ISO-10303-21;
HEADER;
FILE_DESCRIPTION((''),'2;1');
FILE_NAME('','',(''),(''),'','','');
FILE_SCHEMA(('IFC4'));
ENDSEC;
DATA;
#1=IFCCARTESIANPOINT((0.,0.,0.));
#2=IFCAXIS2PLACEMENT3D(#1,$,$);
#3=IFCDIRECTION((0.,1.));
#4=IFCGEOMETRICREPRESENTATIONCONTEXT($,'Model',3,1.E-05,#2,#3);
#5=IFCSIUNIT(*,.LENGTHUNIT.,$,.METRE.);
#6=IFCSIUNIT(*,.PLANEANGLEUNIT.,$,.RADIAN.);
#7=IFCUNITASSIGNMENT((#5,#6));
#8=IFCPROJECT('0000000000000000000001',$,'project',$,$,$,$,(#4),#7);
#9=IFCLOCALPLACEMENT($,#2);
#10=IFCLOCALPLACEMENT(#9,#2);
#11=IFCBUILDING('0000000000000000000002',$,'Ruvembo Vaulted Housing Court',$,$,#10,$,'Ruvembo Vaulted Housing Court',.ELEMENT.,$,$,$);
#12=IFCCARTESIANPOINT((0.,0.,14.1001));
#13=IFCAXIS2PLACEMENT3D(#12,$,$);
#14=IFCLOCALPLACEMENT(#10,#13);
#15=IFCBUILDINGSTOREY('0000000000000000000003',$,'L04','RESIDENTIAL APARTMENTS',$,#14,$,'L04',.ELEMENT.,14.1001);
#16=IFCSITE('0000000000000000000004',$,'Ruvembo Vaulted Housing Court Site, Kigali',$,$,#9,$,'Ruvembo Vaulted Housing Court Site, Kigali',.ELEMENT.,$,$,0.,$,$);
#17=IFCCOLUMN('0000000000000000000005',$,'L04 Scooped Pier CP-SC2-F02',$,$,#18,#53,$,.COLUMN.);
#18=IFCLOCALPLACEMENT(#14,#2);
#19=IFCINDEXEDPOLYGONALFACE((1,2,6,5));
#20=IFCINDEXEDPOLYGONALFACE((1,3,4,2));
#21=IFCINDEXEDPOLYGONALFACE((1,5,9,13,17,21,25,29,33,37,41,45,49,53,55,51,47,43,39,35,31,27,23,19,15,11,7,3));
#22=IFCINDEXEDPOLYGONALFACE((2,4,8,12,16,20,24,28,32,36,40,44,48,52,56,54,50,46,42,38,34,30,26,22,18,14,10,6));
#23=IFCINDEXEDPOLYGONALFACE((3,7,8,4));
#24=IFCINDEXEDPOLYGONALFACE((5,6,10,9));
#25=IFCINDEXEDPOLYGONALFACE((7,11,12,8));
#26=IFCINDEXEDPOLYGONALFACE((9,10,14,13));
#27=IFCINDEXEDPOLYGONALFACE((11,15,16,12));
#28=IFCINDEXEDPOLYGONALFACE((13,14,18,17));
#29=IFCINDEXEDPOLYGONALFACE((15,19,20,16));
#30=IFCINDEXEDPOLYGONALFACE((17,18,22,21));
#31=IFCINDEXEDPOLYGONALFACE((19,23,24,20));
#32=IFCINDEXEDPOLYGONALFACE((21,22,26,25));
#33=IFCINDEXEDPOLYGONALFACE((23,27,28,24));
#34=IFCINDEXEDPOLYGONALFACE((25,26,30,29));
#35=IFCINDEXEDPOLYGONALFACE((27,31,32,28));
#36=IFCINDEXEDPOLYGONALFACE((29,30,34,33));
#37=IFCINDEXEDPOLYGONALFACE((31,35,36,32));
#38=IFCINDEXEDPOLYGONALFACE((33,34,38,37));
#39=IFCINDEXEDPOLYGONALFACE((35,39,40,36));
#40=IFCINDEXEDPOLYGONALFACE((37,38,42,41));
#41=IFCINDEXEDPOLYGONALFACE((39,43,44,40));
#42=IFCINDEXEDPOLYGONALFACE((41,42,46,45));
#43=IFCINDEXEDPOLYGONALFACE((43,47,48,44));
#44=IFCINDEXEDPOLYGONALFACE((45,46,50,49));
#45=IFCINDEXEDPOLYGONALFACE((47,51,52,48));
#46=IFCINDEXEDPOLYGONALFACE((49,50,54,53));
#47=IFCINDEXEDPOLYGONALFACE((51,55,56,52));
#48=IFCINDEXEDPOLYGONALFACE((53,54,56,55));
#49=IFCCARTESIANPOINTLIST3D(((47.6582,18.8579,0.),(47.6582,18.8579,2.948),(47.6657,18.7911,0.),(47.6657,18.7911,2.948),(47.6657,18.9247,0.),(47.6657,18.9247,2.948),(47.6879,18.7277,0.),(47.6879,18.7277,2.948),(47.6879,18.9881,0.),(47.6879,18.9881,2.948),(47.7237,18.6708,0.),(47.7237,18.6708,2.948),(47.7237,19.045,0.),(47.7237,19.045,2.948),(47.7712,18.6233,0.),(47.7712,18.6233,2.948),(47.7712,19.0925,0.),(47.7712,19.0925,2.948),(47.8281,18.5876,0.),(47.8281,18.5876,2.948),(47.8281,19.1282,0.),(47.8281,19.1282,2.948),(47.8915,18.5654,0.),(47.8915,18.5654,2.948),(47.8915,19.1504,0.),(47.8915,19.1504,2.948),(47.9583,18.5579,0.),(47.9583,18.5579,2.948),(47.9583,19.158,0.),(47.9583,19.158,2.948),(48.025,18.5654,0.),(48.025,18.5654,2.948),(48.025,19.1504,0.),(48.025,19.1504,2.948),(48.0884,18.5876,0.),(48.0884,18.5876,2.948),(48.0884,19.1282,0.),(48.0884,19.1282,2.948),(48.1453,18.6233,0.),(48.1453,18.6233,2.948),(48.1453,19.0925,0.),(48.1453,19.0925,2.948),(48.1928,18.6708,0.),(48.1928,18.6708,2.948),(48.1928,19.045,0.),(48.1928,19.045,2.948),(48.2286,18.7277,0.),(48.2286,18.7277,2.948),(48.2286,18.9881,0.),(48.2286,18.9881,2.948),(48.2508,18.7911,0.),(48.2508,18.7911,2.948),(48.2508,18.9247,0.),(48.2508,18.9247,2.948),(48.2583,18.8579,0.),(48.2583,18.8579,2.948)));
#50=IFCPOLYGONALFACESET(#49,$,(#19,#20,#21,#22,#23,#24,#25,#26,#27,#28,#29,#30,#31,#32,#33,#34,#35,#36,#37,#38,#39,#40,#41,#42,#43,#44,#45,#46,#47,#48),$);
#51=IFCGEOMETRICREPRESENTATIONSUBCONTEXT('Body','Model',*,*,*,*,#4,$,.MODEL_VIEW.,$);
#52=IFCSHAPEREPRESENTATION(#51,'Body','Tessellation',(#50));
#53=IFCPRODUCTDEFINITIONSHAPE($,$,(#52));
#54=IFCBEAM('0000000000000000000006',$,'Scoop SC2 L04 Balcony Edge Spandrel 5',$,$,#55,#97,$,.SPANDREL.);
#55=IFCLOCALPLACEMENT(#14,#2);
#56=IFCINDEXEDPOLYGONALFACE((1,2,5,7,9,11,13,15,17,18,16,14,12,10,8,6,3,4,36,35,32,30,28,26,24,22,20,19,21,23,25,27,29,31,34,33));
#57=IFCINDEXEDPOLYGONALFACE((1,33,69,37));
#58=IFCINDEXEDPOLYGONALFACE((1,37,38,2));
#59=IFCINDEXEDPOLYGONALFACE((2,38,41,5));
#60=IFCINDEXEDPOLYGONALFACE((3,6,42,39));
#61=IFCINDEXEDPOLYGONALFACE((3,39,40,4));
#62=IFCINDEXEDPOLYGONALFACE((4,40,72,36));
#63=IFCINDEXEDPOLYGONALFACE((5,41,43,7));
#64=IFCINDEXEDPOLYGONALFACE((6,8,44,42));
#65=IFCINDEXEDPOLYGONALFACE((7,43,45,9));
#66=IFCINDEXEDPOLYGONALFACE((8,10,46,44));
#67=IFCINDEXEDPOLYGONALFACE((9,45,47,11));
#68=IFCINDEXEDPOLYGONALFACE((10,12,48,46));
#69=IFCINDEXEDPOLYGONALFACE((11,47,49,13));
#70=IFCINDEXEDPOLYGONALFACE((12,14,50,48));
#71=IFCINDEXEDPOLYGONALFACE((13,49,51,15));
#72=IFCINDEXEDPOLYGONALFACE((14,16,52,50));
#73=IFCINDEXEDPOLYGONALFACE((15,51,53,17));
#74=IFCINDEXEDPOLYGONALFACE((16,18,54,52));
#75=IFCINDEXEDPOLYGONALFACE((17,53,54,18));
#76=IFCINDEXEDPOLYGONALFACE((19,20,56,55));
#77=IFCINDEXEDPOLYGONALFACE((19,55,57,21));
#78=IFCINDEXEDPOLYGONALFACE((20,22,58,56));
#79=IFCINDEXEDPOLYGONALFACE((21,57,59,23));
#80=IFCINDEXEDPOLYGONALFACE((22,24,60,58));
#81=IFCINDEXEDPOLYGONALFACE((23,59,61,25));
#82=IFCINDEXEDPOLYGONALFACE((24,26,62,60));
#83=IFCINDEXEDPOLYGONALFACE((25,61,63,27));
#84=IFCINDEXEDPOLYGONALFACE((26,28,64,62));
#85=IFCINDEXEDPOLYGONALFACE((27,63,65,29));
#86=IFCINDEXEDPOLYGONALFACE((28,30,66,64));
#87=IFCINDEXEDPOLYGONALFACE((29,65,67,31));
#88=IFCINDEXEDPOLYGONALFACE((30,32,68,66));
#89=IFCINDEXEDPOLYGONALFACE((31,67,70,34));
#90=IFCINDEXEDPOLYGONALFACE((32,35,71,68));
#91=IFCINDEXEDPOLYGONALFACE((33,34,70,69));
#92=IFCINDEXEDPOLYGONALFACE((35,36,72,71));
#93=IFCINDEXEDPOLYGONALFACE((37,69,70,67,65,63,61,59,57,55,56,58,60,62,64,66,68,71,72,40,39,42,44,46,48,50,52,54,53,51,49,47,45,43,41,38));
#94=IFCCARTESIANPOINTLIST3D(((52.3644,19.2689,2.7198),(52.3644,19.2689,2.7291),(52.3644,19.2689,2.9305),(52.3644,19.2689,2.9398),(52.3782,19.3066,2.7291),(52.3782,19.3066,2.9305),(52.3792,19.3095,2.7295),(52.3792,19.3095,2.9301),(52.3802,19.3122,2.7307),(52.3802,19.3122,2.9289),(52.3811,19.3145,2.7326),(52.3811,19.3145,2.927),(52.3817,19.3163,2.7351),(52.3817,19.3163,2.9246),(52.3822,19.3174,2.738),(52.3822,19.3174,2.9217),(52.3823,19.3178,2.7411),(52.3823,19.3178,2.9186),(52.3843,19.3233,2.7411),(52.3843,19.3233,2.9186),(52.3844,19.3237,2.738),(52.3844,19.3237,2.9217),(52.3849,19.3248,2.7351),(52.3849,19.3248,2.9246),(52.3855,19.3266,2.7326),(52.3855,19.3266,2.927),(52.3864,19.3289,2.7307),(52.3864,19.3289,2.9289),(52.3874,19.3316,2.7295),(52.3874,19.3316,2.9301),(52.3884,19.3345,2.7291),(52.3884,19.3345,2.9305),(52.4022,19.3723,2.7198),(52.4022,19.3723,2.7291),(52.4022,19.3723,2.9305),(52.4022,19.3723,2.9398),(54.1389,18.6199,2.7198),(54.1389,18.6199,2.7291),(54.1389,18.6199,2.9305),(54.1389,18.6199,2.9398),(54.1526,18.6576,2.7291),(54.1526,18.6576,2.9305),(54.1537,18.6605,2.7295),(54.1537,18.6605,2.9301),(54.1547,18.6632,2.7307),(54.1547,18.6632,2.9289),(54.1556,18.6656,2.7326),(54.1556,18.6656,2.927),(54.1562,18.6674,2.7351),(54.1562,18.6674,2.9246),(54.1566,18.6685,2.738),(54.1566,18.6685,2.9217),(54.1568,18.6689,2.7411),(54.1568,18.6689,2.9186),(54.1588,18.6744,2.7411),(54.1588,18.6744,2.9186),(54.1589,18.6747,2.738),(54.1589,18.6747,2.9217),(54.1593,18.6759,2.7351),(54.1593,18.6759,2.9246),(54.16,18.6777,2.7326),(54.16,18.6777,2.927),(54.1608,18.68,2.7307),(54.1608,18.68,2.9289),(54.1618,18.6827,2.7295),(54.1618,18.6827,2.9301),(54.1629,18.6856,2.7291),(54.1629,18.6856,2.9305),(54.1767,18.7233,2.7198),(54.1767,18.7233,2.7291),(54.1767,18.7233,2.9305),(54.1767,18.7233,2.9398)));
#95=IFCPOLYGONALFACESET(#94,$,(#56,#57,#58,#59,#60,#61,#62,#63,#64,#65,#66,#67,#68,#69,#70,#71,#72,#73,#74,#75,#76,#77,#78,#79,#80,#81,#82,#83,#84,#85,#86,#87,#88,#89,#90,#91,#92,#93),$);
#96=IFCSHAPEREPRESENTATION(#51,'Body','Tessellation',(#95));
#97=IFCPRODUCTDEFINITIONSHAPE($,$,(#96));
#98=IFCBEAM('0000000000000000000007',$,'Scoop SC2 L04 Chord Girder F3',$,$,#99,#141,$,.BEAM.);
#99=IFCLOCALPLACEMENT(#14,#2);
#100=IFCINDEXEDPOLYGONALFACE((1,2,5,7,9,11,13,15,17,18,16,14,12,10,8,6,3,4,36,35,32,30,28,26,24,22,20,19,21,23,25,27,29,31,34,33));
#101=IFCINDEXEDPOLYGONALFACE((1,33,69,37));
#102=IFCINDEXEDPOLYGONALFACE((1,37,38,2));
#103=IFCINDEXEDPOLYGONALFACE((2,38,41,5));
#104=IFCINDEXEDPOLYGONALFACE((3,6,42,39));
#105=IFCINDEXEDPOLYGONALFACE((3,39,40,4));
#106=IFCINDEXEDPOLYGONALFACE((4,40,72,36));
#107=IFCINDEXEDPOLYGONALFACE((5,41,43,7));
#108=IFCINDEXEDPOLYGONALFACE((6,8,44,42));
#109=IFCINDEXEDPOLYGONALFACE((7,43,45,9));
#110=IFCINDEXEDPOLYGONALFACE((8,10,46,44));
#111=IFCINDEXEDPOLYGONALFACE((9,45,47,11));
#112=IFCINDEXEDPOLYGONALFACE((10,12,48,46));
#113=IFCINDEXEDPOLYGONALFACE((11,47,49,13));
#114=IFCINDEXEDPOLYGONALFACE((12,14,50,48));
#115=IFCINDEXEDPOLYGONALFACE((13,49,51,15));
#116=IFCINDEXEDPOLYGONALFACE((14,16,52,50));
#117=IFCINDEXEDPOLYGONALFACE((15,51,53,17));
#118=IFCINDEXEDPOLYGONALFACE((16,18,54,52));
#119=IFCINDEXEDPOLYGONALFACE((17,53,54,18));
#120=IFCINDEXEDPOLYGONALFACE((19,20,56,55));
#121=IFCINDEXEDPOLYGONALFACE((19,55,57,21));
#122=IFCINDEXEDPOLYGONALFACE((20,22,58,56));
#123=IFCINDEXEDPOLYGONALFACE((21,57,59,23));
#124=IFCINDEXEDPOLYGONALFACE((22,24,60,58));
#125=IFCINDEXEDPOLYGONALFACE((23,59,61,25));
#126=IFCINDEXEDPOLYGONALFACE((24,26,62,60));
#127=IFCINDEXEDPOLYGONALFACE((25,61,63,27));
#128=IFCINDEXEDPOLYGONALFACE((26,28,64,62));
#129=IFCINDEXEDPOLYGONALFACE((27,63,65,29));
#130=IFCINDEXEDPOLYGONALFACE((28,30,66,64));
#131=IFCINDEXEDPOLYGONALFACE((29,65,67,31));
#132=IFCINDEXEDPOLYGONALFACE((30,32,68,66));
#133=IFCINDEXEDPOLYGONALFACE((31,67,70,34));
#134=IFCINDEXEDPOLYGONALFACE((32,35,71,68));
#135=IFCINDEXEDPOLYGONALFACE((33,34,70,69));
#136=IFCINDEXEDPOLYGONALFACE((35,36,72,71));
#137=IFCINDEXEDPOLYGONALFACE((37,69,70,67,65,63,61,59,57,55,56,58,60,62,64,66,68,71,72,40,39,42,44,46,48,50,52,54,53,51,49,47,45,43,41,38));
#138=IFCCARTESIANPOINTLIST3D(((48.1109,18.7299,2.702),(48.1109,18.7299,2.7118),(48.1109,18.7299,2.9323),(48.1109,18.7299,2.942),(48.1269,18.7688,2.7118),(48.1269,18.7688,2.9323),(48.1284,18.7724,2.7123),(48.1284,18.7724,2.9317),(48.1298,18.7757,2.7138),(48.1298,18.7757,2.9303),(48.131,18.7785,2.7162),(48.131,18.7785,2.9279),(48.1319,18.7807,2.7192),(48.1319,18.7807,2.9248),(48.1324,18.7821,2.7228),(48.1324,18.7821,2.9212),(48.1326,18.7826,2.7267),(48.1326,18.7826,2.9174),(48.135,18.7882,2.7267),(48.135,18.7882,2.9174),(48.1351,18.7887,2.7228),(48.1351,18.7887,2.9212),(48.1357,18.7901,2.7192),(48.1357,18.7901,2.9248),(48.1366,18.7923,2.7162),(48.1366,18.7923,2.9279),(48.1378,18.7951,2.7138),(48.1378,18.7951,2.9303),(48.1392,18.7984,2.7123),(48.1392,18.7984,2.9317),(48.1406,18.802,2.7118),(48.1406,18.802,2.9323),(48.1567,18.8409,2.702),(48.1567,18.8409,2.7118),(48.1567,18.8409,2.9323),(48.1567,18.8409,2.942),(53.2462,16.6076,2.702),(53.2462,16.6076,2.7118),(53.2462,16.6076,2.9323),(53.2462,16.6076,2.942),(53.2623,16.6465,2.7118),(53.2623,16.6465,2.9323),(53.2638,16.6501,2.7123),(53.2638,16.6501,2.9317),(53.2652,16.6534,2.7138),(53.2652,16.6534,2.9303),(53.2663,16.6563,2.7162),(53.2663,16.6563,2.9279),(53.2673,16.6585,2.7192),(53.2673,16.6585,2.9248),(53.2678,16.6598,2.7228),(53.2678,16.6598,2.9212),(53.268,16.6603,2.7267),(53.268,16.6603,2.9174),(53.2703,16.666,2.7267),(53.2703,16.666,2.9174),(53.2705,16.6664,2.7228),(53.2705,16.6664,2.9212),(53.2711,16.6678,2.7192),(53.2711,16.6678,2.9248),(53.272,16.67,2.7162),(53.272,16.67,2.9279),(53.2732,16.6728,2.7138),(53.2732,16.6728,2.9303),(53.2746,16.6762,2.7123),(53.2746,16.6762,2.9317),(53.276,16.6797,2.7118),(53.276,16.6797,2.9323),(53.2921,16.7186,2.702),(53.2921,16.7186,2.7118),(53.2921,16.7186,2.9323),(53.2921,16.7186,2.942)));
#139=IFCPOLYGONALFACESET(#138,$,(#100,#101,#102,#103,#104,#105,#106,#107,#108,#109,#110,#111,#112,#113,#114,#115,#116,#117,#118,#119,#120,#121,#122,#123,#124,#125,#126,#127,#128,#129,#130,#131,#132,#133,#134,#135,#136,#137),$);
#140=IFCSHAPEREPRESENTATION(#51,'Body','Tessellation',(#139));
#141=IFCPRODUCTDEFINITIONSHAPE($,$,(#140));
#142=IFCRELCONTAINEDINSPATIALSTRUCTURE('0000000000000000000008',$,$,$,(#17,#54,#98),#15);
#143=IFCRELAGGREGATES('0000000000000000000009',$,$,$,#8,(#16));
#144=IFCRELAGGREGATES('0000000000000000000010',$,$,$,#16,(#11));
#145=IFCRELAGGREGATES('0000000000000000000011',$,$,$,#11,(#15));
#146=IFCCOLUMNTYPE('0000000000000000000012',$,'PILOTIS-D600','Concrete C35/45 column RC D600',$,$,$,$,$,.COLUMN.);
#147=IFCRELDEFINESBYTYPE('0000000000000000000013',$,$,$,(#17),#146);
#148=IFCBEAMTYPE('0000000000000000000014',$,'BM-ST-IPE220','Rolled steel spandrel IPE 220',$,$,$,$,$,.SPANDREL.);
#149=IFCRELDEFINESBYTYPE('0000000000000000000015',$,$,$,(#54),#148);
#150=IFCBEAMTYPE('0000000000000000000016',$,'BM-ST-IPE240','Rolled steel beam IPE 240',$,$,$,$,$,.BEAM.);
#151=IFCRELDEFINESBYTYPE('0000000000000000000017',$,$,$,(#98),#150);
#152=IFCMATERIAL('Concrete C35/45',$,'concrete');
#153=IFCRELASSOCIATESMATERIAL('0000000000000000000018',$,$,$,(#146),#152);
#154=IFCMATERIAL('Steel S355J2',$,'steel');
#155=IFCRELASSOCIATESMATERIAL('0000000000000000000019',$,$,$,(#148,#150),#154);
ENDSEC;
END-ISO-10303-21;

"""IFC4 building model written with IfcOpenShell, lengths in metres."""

from ifc_helpers import new_model, si_unit, direction, frame, origin, origin_2d, place, context, subcontext, project, spatial, circle, i_section, extrude, material, material_profile, profile_set, type_object, element, save


model = new_model("IFC4")

# Units and contexts
model_context = context("Model", 3, precision=1e-05, world=origin(), true_north=direction((0.0, 1.0)))
body_context = subcontext(model_context, "Body", "Model", "MODEL_VIEW")
ifc_project = project(units=[si_unit("LENGTHUNIT", "METRE"), si_unit("PLANEANGLEUNIT", "RADIAN")], contexts=[model_context])

# Site, building, storey
site_placement = place(None, origin())
site = spatial("IfcSite", under=ifc_project, at=site_placement, Name="Ruvembo Vaulted Housing Court Site, Kigali", LongName="Ruvembo Vaulted Housing Court Site, Kigali", CompositionType="ELEMENT", RefElevation=0.0)
building_placement = place(site_placement, origin())
building = spatial("IfcBuilding", under=site, at=building_placement, Name="Ruvembo Vaulted Housing Court", LongName="Ruvembo Vaulted Housing Court", CompositionType="ELEMENT")
storey_placement = place(building_placement, frame((0.0, 0.0, 14.1001)))
storey = spatial("IfcBuildingStorey", under=building, at=storey_placement, Name="L04", Description="RESIDENTIAL APARTMENTS", LongName="L04", CompositionType="ELEMENT", Elevation=14.1001)

# Column
ifc_material_1 = material(Name="Concrete C35/45", Category="concrete")
ifc_material_profile_1 = material_profile(ifc_material_1, circle(Radius=0.3, at=origin_2d()), Name="RC D600")
ifc_profile_set_1 = profile_set([ifc_material_profile_1], Name="Concrete C35/45")
column_type = type_object("IfcColumnType", Name="PILOTIS-D600", Description="Concrete C35/45 column RC D600", PredefinedType="COLUMN", material=ifc_profile_set_1)
column_placement = place(storey_placement, frame((47.9583, 18.8579, 0.0), z_axis=(0.0, 0.0, 1.0), x_axis=(1.0, 0.0, 0.0)))
element("IfcColumn", 1, at=column_placement, inside=storey, type_object=column_type, Name="L04 Scooped Pier CP-SC2-F02", PredefinedType="COLUMN", context=body_context, shape_type="SweptSolid", body=[
    extrude(circle(Radius=0.3, at=origin_2d()), origin(), (0.0, 0.0, 1.0), 2.948),
])

# Beams
ifc_material_2 = material(Name="Steel S355J2", Category="steel")
ifc_material_profile_2 = material_profile(ifc_material_2, i_section(OverallWidth=0.1101, OverallDepth=0.22, WebThickness=0.0059, FlangeThickness=0.0093, FilletRadius=0.012, at=origin_2d()), Name="IPE 220")
ifc_profile_set_2 = profile_set([ifc_material_profile_2], Name="Steel S355J2")
beam_type_1 = type_object("IfcBeamType", Name="BM-ST-IPE220", Description="Rolled steel spandrel IPE 220", PredefinedType="SPANDREL", material=ifc_profile_set_2)
beam_1_placement = place(storey_placement, frame((52.3833, 19.3206, 2.8298), z_axis=(0.939166, -0.343465, 0.0), x_axis=(0.343465, 0.939166, 0.0)))
element("IfcBeam", 2, at=beam_1_placement, inside=storey, type_object=beam_type_1, Name="Scoop SC2 L04 Balcony Edge Spandrel 5", PredefinedType="SPANDREL", context=body_context, shape_type="SweptSolid", body=[
    extrude(i_section(OverallWidth=0.1101, OverallDepth=0.22, WebThickness=0.0059, FlangeThickness=0.0093, FilletRadius=0.012, at=origin_2d()), origin(), (0.0, 0.0, 1.0), 1.8894),
])
ifc_material_profile_3 = material_profile(ifc_material_2, i_section(OverallWidth=0.1201, OverallDepth=0.24, WebThickness=0.0061, FlangeThickness=0.0098, FilletRadius=0.0149, at=origin_2d()), Name="IPE 240")
ifc_profile_set_3 = profile_set([ifc_material_profile_3], Name="Steel S355J2")
beam_type_2 = type_object("IfcBeamType", Name="BM-ST-IPE240", Description="Rolled steel beam IPE 240", PredefinedType="BEAM", material=ifc_profile_set_3)
beam_2_placement = place(storey_placement, frame((48.1338, 18.7854, 2.822), z_axis=(0.92419, -0.381934, 0.0), x_axis=(0.381934, 0.92419, 0.0)))
element("IfcBeam", 3, at=beam_2_placement, inside=storey, type_object=beam_type_2, Name="Scoop SC2 L04 Chord Girder F3", PredefinedType="BEAM", context=body_context, shape_type="SweptSolid", body=[
    extrude(i_section(OverallWidth=0.1201, OverallDepth=0.24, WebThickness=0.0061, FlangeThickness=0.0098, FilletRadius=0.0149, at=origin_2d()), origin(), (0.0, 0.0, 1.0), 5.5566),
])

save(model, "model.ifc")
